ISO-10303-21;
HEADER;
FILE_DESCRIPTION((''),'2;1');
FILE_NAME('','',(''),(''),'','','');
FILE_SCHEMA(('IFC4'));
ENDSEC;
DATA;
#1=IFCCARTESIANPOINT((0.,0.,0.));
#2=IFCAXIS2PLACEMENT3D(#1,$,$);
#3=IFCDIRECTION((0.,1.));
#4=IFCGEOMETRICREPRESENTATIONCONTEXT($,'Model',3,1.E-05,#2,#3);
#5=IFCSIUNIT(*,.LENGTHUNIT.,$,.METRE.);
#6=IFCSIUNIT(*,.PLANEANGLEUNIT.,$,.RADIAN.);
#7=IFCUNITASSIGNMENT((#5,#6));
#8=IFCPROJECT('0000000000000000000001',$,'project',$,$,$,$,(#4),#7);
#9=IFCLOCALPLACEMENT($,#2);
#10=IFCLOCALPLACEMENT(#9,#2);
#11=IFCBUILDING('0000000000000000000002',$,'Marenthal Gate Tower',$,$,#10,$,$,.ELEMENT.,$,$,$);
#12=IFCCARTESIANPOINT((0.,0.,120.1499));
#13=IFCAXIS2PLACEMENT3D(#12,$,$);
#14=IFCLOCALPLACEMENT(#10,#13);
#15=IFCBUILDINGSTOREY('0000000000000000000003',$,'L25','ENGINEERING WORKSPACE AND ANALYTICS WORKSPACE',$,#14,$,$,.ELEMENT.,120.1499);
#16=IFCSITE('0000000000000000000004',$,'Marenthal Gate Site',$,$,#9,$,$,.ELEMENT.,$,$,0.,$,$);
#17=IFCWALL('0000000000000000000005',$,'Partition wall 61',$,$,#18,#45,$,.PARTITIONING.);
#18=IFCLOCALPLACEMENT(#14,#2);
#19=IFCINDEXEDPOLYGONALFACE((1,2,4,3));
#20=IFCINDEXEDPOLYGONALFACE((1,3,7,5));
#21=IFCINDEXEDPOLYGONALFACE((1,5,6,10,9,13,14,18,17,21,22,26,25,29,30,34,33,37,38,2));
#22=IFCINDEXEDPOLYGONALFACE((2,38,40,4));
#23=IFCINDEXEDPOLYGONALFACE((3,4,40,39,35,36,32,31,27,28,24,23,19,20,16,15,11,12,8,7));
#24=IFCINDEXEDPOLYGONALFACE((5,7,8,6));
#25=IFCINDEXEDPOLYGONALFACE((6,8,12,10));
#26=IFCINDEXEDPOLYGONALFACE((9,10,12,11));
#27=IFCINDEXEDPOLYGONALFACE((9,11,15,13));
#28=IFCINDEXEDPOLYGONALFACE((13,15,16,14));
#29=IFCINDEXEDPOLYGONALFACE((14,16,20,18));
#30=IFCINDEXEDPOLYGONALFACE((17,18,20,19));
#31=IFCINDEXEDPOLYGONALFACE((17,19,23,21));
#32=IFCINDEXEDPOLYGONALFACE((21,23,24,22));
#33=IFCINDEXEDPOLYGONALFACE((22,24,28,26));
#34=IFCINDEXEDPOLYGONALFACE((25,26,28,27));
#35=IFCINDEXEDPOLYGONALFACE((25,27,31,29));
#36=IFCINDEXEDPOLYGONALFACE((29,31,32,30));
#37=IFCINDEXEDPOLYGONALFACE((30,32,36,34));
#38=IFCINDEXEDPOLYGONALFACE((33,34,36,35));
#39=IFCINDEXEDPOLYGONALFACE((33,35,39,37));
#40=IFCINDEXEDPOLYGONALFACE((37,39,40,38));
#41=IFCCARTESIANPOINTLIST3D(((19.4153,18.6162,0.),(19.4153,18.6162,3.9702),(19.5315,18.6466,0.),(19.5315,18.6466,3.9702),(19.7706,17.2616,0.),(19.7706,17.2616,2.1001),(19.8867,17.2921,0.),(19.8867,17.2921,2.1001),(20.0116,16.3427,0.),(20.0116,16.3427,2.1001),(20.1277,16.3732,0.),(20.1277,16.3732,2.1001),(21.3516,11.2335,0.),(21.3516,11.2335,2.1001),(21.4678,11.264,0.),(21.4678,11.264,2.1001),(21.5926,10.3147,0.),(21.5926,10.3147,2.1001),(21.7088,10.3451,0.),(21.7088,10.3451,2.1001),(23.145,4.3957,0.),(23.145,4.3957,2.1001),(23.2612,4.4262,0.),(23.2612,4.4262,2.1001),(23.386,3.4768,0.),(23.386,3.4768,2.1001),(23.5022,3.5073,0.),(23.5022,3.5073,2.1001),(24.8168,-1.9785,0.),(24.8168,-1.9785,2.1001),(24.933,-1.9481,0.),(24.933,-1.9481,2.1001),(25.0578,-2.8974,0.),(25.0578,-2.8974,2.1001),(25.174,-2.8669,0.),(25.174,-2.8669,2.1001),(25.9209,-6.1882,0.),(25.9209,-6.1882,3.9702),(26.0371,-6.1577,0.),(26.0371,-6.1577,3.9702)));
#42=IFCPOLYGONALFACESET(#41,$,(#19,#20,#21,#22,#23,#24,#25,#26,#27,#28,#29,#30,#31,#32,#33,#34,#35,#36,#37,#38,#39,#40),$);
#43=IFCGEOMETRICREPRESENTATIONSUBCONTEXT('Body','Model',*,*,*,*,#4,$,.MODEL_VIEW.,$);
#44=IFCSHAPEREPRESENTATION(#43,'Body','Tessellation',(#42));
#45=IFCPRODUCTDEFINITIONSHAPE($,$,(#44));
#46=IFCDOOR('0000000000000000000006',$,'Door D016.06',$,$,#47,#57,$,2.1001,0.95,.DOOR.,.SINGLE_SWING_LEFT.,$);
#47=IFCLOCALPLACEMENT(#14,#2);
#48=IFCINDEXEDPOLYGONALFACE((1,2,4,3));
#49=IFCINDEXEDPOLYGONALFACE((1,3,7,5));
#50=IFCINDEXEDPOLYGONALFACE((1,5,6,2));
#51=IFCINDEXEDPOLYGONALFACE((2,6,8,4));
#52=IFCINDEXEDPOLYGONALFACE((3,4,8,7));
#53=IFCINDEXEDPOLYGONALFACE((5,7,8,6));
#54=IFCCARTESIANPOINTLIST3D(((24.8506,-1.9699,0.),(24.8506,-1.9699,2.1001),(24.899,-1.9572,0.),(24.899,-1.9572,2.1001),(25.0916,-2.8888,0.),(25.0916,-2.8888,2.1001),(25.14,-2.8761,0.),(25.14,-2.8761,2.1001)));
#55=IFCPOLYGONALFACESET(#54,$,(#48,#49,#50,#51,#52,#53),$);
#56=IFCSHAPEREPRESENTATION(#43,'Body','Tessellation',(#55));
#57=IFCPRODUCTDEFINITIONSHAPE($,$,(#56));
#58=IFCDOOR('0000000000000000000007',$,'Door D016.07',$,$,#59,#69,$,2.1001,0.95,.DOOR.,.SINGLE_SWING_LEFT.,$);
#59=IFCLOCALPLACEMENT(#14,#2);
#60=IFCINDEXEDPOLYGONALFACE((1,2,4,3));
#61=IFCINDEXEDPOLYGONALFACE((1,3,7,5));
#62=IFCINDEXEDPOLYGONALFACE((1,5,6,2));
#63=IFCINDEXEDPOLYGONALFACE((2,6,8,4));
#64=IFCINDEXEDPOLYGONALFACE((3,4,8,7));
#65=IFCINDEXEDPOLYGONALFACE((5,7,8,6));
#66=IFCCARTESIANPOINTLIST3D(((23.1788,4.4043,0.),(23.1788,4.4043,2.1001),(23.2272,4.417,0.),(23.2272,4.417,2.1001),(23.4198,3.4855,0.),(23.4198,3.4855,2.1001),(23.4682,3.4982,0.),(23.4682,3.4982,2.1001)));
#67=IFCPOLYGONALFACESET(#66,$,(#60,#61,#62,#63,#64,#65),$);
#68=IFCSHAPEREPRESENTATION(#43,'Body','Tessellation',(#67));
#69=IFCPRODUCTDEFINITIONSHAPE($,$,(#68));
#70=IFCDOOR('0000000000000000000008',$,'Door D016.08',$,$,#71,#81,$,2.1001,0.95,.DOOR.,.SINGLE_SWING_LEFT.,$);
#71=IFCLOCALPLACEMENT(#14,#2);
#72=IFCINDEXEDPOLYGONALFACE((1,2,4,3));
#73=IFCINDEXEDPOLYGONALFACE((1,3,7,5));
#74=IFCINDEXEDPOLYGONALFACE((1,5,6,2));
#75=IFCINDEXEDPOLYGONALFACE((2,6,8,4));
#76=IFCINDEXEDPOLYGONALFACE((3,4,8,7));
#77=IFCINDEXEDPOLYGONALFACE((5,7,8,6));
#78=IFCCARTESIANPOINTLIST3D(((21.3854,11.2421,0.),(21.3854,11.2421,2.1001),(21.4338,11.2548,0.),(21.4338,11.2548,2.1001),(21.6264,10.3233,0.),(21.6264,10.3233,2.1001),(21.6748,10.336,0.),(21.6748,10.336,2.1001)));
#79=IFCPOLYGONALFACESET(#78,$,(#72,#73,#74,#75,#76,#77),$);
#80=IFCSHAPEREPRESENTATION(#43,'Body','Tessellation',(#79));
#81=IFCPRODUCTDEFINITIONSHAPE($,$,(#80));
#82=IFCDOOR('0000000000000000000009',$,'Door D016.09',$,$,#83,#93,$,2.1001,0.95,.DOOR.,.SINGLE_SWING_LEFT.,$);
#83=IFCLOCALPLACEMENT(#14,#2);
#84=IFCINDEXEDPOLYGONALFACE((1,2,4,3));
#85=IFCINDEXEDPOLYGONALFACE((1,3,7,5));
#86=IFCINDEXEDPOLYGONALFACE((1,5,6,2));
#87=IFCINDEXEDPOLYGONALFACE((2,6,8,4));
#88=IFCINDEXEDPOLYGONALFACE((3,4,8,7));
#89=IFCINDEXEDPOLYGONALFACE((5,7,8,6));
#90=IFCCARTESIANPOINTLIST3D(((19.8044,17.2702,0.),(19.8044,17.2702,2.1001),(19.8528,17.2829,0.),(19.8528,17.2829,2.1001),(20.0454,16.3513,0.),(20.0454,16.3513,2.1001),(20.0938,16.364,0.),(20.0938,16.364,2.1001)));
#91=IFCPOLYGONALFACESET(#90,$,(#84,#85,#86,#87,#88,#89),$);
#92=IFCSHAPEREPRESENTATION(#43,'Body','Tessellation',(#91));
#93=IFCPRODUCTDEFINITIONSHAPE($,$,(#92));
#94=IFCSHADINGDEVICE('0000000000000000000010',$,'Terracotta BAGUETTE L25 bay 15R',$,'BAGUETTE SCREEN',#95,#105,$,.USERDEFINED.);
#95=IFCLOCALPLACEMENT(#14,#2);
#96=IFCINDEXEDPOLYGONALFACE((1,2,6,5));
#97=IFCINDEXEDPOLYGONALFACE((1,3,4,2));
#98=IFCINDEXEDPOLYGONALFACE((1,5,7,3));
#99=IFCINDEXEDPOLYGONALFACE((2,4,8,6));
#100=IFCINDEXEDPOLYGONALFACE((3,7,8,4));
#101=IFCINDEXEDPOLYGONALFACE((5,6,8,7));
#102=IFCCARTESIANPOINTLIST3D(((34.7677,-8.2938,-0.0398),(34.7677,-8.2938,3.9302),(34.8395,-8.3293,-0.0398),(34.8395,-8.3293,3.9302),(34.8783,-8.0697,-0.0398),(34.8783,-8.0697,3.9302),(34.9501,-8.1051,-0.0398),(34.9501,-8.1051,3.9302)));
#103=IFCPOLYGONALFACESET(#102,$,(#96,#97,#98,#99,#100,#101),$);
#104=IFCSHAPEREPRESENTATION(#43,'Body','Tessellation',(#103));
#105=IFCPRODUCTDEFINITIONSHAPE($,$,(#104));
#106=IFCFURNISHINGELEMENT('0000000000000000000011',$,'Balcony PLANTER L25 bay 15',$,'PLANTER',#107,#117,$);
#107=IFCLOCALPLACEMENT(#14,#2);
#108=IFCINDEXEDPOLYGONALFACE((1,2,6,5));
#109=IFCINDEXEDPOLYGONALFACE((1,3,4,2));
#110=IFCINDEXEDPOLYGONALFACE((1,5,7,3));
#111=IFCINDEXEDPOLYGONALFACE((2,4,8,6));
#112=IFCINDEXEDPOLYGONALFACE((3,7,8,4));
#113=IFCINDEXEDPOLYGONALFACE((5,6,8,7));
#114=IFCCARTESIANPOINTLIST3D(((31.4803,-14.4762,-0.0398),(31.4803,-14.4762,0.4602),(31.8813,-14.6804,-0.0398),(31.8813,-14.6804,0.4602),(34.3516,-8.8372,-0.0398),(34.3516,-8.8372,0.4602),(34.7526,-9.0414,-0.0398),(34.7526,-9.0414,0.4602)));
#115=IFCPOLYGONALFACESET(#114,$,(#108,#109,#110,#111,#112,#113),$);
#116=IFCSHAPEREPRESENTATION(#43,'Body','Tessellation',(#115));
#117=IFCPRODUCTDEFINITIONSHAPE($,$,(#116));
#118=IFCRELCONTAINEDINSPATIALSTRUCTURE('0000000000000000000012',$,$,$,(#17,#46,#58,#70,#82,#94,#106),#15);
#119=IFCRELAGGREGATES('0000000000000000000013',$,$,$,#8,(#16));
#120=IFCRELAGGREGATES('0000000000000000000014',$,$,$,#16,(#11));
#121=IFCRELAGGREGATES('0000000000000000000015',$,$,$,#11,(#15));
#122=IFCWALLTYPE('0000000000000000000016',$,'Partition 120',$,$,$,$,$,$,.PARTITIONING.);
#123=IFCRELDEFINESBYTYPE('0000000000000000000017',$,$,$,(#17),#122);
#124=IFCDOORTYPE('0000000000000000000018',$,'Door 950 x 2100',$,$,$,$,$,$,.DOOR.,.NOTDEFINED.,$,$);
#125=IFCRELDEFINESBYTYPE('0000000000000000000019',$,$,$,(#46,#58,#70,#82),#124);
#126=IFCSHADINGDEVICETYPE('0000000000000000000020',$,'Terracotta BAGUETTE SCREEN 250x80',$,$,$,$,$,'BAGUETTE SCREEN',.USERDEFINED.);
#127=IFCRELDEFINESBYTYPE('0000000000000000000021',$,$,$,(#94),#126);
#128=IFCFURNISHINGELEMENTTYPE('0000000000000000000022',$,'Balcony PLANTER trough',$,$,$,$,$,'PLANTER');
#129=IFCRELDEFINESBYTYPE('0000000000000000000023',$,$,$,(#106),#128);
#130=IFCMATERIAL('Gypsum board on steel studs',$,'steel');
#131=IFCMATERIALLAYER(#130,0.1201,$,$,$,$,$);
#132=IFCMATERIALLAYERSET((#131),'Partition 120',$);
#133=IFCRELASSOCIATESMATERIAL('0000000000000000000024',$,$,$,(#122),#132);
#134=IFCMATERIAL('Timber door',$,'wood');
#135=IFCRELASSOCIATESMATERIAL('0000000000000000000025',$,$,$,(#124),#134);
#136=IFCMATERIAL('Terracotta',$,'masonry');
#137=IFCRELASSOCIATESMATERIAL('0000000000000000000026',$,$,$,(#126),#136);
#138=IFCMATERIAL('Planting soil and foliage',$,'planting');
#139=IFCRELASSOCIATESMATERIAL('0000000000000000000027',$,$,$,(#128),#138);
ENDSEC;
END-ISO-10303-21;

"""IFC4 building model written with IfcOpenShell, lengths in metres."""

from ifc_helpers import new_model, si_unit, direction, frame, frame_2d, origin, origin_2d, place, context, subcontext, project, spatial, rectangle, extrude, material, layer, layer_set, material_profile, profile_set, type_object, element, fill, save


model = new_model("IFC4")

# Units and contexts
model_context = context("Model", 3, precision=1e-05, world=origin(), true_north=direction((0.0, 1.0)))
body_context = subcontext(model_context, "Body", "Model", "MODEL_VIEW")
ifc_project = project(units=[si_unit("LENGTHUNIT", "METRE"), si_unit("PLANEANGLEUNIT", "RADIAN")], contexts=[model_context])

# Site, building, storey
site_placement = place(None, origin())
site = spatial("IfcSite", under=ifc_project, at=site_placement, Name="Marenthal Gate Site", CompositionType="ELEMENT", RefElevation=0.0)
building_placement = place(site_placement, origin())
building = spatial("IfcBuilding", under=site, at=building_placement, Name="Marenthal Gate Tower", CompositionType="ELEMENT")
storey_placement = place(building_placement, frame((0.0, 0.0, 120.1499)))
storey = spatial("IfcBuildingStorey", under=building, at=storey_placement, Name="L25", Description="ENGINEERING WORKSPACE AND ANALYTICS WORKSPACE", CompositionType="ELEMENT", Elevation=120.1499)

# Shared definitions
ifc_material_1 = material(Name="Gypsum board on steel studs", Category="steel")
ifc_layer_1 = layer(ifc_material_1, 0.1201)
ifc_layer_set_1 = layer_set([ifc_layer_1], Name="Partition 120")
wall_type = type_object("IfcWallType", Name="Partition 120", PredefinedType="PARTITIONING", material=ifc_layer_set_1)

# Wall, openings, doors
wall_1_placement = place(storey_placement, frame((25.979, -6.1731, 0.0), z_axis=(0.0, 0.0, 1.0), x_axis=(-0.253696, 0.967284, 0.0)))
wall_1 = element("IfcWall", 1, at=wall_1_placement, inside=storey, type_object=wall_type, Name="Partition wall 61", PredefinedType="PARTITIONING", context=body_context, shape_type="SweptSolid", body=[
    extrude(rectangle(XDim=25.6433, YDim=0.1201, at=frame_2d((12.8218, 0.0))), origin(), (0.0, 0.0, 1.0), 3.9702),
])
opening_1_placement = place(wall_1_placement, frame((3.4021, 0.0, 0.0)))
opening_1 = element("IfcOpeningElement", 2, at=opening_1_placement, cuts=wall_1, PredefinedType="OPENING", context=body_context, shape_type="SweptSolid", body=[
    extrude(rectangle(XDim=0.95, YDim=2.1001, at=frame_2d((0.4751, 1.05))), frame((0.0, 0.0701, 0.0), z_axis=(0.0, -1.0, 0.0), x_axis=(1.0, 0.0, 0.0)), (0.0, 0.0, 1.0), 0.1401),
])
opening_2_placement = place(wall_1_placement, frame((9.9919, 0.0, 0.0)))
opening_2 = element("IfcOpeningElement", 3, at=opening_2_placement, cuts=wall_1, PredefinedType="OPENING", context=body_context, shape_type="SweptSolid", body=[
    extrude(rectangle(XDim=0.95, YDim=2.1001, at=frame_2d((0.4751, 1.05))), frame((0.0, 0.0701, 0.0), z_axis=(0.0, -1.0, 0.0), x_axis=(1.0, 0.0, 0.0)), (0.0, 0.0, 1.0), 0.1401),
])
opening_3_placement = place(wall_1_placement, frame((17.061, 0.0, 0.0)))
opening_3 = element("IfcOpeningElement", 4, at=opening_3_placement, cuts=wall_1, PredefinedType="OPENING", context=body_context, shape_type="SweptSolid", body=[
    extrude(rectangle(XDim=0.95, YDim=2.1001, at=frame_2d((0.4751, 1.05))), frame((0.0, 0.0701, 0.0), z_axis=(0.0, -1.0, 0.0), x_axis=(1.0, 0.0, 0.0)), (0.0, 0.0, 1.0), 0.1401),
])
opening_4_placement = place(wall_1_placement, frame((23.293, 0.0, 0.0)))
opening_4 = element("IfcOpeningElement", 5, at=opening_4_placement, cuts=wall_1, PredefinedType="OPENING", context=body_context, shape_type="SweptSolid", body=[
    extrude(rectangle(XDim=0.95, YDim=2.1001, at=frame_2d((0.4751, 1.05))), frame((0.0, 0.0701, 0.0), z_axis=(0.0, -1.0, 0.0), x_axis=(1.0, 0.0, 0.0)), (0.0, 0.0, 1.0), 0.1401),
])
ifc_material_2 = material(Name="Timber door", Category="wood")
door_type = type_object("IfcDoorType", Name="Door 950 x 2100", OperationType="NOTDEFINED", PredefinedType="DOOR", material=ifc_material_2)
door_1_placement = place(opening_1_placement, frame((0.95, 0.0, 0.0), z_axis=(0.0, 0.0, 1.0), x_axis=(-1.0, 0.0, 0.0)))
door_1 = element("IfcDoor", 6, at=door_1_placement, inside=storey, type_object=door_type, Name="Door D016.06", OperationType="SINGLE_SWING_LEFT", OverallHeight=2.1001, OverallWidth=0.95, PredefinedType="DOOR", context=body_context, shape_type="SweptSolid", body=[
    extrude(rectangle(XDim=0.95, YDim=2.1001, at=frame_2d((0.4751, 1.05))), frame((0.0, 0.0249, 0.0), z_axis=(0.0, -1.0, 0.0), x_axis=(1.0, 0.0, 0.0)), (0.0, 0.0, 1.0), 0.05),
])
fill(opening_1, door_1)
door_2_placement = place(opening_2_placement, frame((0.95, 0.0, 0.0), z_axis=(0.0, 0.0, 1.0), x_axis=(-1.0, 0.0, 0.0)))
door_2 = element("IfcDoor", 7, at=door_2_placement, inside=storey, type_object=door_type, Name="Door D016.07", OperationType="SINGLE_SWING_LEFT", OverallHeight=2.1001, OverallWidth=0.95, PredefinedType="DOOR", context=body_context, shape_type="SweptSolid", body=[
    extrude(rectangle(XDim=0.95, YDim=2.1001, at=frame_2d((0.4751, 1.05))), frame((0.0, 0.0249, 0.0), z_axis=(0.0, -1.0, 0.0), x_axis=(1.0, 0.0, 0.0)), (0.0, 0.0, 1.0), 0.05),
])
fill(opening_2, door_2)
door_3_placement = place(opening_3_placement, frame((0.95, 0.0, 0.0), z_axis=(0.0, 0.0, 1.0), x_axis=(-1.0, 0.0, 0.0)))
door_3 = element("IfcDoor", 8, at=door_3_placement, inside=storey, type_object=door_type, Name="Door D016.08", OperationType="SINGLE_SWING_LEFT", OverallHeight=2.1001, OverallWidth=0.95, PredefinedType="DOOR", context=body_context, shape_type="SweptSolid", body=[
    extrude(rectangle(XDim=0.95, YDim=2.1001, at=frame_2d((0.4751, 1.05))), frame((0.0, 0.0249, 0.0), z_axis=(0.0, -1.0, 0.0), x_axis=(1.0, 0.0, 0.0)), (0.0, 0.0, 1.0), 0.05),
])
fill(opening_3, door_3)
door_4_placement = place(opening_4_placement, frame((0.95, 0.0, 0.0), z_axis=(0.0, 0.0, 1.0), x_axis=(-1.0, 0.0, 0.0)))
door_4 = element("IfcDoor", 9, at=door_4_placement, inside=storey, type_object=door_type, Name="Door D016.09", OperationType="SINGLE_SWING_LEFT", OverallHeight=2.1001, OverallWidth=0.95, PredefinedType="DOOR", context=body_context, shape_type="SweptSolid", body=[
    extrude(rectangle(XDim=0.95, YDim=2.1001, at=frame_2d((0.4751, 1.05))), frame((0.0, 0.0249, 0.0), z_axis=(0.0, -1.0, 0.0), x_axis=(1.0, 0.0, 0.0)), (0.0, 0.0, 1.0), 0.05),
])
fill(opening_4, door_4)

# Shading device
ifc_material_3 = material(Name="Terracotta", Category="masonry")
ifc_material_profile_1 = material_profile(ifc_material_3, rectangle(XDim=0.25, YDim=0.0801, at=origin_2d()), Name="Terracotta baguette 250x80")
ifc_profile_set_1 = profile_set([ifc_material_profile_1], Name="Terracotta")
shading_device_type = type_object("IfcShadingDeviceType", Name="Terracotta BAGUETTE SCREEN 250x80", ElementType="BAGUETTE SCREEN", PredefinedType="USERDEFINED", material=ifc_profile_set_1)
shading_device_placement = place(storey_placement, frame((34.8589, -8.1995, -0.0398), z_axis=(0.0, 0.0, 1.0), x_axis=(0.442658, 0.896691, 0.0)))
element("IfcShadingDevice", 10, at=shading_device_placement, inside=storey, type_object=shading_device_type, Name="Terracotta BAGUETTE L25 bay 15R", ObjectType="BAGUETTE SCREEN", PredefinedType="USERDEFINED", context=body_context, shape_type="SweptSolid", body=[
    extrude(rectangle(XDim=0.25, YDim=0.0801, at=origin_2d()), origin(), (0.0, 0.0, 1.0), 3.97),
])

# Furnishing element
ifc_material_4 = material(Name="Planting soil and foliage", Category="planting")
furnishing_element_type = type_object("IfcFurnishingElementType", Name="Balcony PLANTER trough", ElementType="PLANTER", material=ifc_material_4)
furnishing_placement = place(storey_placement, frame((33.1165, -11.7588, -0.0398), z_axis=(0.0, 0.0, 1.0), x_axis=(0.453749, 0.89113, 0.0)))
element("IfcFurnishingElement", 11, at=furnishing_placement, inside=storey, type_object=furnishing_element_type, Name="Balcony PLANTER L25 bay 15", ObjectType="PLANTER", context=body_context, shape_type="SweptSolid", body=[
    extrude(rectangle(XDim=6.3279, YDim=0.45, at=origin_2d()), origin(), (0.0, 0.0, 1.0), 0.5),
])

save(model, "model.ifc")
